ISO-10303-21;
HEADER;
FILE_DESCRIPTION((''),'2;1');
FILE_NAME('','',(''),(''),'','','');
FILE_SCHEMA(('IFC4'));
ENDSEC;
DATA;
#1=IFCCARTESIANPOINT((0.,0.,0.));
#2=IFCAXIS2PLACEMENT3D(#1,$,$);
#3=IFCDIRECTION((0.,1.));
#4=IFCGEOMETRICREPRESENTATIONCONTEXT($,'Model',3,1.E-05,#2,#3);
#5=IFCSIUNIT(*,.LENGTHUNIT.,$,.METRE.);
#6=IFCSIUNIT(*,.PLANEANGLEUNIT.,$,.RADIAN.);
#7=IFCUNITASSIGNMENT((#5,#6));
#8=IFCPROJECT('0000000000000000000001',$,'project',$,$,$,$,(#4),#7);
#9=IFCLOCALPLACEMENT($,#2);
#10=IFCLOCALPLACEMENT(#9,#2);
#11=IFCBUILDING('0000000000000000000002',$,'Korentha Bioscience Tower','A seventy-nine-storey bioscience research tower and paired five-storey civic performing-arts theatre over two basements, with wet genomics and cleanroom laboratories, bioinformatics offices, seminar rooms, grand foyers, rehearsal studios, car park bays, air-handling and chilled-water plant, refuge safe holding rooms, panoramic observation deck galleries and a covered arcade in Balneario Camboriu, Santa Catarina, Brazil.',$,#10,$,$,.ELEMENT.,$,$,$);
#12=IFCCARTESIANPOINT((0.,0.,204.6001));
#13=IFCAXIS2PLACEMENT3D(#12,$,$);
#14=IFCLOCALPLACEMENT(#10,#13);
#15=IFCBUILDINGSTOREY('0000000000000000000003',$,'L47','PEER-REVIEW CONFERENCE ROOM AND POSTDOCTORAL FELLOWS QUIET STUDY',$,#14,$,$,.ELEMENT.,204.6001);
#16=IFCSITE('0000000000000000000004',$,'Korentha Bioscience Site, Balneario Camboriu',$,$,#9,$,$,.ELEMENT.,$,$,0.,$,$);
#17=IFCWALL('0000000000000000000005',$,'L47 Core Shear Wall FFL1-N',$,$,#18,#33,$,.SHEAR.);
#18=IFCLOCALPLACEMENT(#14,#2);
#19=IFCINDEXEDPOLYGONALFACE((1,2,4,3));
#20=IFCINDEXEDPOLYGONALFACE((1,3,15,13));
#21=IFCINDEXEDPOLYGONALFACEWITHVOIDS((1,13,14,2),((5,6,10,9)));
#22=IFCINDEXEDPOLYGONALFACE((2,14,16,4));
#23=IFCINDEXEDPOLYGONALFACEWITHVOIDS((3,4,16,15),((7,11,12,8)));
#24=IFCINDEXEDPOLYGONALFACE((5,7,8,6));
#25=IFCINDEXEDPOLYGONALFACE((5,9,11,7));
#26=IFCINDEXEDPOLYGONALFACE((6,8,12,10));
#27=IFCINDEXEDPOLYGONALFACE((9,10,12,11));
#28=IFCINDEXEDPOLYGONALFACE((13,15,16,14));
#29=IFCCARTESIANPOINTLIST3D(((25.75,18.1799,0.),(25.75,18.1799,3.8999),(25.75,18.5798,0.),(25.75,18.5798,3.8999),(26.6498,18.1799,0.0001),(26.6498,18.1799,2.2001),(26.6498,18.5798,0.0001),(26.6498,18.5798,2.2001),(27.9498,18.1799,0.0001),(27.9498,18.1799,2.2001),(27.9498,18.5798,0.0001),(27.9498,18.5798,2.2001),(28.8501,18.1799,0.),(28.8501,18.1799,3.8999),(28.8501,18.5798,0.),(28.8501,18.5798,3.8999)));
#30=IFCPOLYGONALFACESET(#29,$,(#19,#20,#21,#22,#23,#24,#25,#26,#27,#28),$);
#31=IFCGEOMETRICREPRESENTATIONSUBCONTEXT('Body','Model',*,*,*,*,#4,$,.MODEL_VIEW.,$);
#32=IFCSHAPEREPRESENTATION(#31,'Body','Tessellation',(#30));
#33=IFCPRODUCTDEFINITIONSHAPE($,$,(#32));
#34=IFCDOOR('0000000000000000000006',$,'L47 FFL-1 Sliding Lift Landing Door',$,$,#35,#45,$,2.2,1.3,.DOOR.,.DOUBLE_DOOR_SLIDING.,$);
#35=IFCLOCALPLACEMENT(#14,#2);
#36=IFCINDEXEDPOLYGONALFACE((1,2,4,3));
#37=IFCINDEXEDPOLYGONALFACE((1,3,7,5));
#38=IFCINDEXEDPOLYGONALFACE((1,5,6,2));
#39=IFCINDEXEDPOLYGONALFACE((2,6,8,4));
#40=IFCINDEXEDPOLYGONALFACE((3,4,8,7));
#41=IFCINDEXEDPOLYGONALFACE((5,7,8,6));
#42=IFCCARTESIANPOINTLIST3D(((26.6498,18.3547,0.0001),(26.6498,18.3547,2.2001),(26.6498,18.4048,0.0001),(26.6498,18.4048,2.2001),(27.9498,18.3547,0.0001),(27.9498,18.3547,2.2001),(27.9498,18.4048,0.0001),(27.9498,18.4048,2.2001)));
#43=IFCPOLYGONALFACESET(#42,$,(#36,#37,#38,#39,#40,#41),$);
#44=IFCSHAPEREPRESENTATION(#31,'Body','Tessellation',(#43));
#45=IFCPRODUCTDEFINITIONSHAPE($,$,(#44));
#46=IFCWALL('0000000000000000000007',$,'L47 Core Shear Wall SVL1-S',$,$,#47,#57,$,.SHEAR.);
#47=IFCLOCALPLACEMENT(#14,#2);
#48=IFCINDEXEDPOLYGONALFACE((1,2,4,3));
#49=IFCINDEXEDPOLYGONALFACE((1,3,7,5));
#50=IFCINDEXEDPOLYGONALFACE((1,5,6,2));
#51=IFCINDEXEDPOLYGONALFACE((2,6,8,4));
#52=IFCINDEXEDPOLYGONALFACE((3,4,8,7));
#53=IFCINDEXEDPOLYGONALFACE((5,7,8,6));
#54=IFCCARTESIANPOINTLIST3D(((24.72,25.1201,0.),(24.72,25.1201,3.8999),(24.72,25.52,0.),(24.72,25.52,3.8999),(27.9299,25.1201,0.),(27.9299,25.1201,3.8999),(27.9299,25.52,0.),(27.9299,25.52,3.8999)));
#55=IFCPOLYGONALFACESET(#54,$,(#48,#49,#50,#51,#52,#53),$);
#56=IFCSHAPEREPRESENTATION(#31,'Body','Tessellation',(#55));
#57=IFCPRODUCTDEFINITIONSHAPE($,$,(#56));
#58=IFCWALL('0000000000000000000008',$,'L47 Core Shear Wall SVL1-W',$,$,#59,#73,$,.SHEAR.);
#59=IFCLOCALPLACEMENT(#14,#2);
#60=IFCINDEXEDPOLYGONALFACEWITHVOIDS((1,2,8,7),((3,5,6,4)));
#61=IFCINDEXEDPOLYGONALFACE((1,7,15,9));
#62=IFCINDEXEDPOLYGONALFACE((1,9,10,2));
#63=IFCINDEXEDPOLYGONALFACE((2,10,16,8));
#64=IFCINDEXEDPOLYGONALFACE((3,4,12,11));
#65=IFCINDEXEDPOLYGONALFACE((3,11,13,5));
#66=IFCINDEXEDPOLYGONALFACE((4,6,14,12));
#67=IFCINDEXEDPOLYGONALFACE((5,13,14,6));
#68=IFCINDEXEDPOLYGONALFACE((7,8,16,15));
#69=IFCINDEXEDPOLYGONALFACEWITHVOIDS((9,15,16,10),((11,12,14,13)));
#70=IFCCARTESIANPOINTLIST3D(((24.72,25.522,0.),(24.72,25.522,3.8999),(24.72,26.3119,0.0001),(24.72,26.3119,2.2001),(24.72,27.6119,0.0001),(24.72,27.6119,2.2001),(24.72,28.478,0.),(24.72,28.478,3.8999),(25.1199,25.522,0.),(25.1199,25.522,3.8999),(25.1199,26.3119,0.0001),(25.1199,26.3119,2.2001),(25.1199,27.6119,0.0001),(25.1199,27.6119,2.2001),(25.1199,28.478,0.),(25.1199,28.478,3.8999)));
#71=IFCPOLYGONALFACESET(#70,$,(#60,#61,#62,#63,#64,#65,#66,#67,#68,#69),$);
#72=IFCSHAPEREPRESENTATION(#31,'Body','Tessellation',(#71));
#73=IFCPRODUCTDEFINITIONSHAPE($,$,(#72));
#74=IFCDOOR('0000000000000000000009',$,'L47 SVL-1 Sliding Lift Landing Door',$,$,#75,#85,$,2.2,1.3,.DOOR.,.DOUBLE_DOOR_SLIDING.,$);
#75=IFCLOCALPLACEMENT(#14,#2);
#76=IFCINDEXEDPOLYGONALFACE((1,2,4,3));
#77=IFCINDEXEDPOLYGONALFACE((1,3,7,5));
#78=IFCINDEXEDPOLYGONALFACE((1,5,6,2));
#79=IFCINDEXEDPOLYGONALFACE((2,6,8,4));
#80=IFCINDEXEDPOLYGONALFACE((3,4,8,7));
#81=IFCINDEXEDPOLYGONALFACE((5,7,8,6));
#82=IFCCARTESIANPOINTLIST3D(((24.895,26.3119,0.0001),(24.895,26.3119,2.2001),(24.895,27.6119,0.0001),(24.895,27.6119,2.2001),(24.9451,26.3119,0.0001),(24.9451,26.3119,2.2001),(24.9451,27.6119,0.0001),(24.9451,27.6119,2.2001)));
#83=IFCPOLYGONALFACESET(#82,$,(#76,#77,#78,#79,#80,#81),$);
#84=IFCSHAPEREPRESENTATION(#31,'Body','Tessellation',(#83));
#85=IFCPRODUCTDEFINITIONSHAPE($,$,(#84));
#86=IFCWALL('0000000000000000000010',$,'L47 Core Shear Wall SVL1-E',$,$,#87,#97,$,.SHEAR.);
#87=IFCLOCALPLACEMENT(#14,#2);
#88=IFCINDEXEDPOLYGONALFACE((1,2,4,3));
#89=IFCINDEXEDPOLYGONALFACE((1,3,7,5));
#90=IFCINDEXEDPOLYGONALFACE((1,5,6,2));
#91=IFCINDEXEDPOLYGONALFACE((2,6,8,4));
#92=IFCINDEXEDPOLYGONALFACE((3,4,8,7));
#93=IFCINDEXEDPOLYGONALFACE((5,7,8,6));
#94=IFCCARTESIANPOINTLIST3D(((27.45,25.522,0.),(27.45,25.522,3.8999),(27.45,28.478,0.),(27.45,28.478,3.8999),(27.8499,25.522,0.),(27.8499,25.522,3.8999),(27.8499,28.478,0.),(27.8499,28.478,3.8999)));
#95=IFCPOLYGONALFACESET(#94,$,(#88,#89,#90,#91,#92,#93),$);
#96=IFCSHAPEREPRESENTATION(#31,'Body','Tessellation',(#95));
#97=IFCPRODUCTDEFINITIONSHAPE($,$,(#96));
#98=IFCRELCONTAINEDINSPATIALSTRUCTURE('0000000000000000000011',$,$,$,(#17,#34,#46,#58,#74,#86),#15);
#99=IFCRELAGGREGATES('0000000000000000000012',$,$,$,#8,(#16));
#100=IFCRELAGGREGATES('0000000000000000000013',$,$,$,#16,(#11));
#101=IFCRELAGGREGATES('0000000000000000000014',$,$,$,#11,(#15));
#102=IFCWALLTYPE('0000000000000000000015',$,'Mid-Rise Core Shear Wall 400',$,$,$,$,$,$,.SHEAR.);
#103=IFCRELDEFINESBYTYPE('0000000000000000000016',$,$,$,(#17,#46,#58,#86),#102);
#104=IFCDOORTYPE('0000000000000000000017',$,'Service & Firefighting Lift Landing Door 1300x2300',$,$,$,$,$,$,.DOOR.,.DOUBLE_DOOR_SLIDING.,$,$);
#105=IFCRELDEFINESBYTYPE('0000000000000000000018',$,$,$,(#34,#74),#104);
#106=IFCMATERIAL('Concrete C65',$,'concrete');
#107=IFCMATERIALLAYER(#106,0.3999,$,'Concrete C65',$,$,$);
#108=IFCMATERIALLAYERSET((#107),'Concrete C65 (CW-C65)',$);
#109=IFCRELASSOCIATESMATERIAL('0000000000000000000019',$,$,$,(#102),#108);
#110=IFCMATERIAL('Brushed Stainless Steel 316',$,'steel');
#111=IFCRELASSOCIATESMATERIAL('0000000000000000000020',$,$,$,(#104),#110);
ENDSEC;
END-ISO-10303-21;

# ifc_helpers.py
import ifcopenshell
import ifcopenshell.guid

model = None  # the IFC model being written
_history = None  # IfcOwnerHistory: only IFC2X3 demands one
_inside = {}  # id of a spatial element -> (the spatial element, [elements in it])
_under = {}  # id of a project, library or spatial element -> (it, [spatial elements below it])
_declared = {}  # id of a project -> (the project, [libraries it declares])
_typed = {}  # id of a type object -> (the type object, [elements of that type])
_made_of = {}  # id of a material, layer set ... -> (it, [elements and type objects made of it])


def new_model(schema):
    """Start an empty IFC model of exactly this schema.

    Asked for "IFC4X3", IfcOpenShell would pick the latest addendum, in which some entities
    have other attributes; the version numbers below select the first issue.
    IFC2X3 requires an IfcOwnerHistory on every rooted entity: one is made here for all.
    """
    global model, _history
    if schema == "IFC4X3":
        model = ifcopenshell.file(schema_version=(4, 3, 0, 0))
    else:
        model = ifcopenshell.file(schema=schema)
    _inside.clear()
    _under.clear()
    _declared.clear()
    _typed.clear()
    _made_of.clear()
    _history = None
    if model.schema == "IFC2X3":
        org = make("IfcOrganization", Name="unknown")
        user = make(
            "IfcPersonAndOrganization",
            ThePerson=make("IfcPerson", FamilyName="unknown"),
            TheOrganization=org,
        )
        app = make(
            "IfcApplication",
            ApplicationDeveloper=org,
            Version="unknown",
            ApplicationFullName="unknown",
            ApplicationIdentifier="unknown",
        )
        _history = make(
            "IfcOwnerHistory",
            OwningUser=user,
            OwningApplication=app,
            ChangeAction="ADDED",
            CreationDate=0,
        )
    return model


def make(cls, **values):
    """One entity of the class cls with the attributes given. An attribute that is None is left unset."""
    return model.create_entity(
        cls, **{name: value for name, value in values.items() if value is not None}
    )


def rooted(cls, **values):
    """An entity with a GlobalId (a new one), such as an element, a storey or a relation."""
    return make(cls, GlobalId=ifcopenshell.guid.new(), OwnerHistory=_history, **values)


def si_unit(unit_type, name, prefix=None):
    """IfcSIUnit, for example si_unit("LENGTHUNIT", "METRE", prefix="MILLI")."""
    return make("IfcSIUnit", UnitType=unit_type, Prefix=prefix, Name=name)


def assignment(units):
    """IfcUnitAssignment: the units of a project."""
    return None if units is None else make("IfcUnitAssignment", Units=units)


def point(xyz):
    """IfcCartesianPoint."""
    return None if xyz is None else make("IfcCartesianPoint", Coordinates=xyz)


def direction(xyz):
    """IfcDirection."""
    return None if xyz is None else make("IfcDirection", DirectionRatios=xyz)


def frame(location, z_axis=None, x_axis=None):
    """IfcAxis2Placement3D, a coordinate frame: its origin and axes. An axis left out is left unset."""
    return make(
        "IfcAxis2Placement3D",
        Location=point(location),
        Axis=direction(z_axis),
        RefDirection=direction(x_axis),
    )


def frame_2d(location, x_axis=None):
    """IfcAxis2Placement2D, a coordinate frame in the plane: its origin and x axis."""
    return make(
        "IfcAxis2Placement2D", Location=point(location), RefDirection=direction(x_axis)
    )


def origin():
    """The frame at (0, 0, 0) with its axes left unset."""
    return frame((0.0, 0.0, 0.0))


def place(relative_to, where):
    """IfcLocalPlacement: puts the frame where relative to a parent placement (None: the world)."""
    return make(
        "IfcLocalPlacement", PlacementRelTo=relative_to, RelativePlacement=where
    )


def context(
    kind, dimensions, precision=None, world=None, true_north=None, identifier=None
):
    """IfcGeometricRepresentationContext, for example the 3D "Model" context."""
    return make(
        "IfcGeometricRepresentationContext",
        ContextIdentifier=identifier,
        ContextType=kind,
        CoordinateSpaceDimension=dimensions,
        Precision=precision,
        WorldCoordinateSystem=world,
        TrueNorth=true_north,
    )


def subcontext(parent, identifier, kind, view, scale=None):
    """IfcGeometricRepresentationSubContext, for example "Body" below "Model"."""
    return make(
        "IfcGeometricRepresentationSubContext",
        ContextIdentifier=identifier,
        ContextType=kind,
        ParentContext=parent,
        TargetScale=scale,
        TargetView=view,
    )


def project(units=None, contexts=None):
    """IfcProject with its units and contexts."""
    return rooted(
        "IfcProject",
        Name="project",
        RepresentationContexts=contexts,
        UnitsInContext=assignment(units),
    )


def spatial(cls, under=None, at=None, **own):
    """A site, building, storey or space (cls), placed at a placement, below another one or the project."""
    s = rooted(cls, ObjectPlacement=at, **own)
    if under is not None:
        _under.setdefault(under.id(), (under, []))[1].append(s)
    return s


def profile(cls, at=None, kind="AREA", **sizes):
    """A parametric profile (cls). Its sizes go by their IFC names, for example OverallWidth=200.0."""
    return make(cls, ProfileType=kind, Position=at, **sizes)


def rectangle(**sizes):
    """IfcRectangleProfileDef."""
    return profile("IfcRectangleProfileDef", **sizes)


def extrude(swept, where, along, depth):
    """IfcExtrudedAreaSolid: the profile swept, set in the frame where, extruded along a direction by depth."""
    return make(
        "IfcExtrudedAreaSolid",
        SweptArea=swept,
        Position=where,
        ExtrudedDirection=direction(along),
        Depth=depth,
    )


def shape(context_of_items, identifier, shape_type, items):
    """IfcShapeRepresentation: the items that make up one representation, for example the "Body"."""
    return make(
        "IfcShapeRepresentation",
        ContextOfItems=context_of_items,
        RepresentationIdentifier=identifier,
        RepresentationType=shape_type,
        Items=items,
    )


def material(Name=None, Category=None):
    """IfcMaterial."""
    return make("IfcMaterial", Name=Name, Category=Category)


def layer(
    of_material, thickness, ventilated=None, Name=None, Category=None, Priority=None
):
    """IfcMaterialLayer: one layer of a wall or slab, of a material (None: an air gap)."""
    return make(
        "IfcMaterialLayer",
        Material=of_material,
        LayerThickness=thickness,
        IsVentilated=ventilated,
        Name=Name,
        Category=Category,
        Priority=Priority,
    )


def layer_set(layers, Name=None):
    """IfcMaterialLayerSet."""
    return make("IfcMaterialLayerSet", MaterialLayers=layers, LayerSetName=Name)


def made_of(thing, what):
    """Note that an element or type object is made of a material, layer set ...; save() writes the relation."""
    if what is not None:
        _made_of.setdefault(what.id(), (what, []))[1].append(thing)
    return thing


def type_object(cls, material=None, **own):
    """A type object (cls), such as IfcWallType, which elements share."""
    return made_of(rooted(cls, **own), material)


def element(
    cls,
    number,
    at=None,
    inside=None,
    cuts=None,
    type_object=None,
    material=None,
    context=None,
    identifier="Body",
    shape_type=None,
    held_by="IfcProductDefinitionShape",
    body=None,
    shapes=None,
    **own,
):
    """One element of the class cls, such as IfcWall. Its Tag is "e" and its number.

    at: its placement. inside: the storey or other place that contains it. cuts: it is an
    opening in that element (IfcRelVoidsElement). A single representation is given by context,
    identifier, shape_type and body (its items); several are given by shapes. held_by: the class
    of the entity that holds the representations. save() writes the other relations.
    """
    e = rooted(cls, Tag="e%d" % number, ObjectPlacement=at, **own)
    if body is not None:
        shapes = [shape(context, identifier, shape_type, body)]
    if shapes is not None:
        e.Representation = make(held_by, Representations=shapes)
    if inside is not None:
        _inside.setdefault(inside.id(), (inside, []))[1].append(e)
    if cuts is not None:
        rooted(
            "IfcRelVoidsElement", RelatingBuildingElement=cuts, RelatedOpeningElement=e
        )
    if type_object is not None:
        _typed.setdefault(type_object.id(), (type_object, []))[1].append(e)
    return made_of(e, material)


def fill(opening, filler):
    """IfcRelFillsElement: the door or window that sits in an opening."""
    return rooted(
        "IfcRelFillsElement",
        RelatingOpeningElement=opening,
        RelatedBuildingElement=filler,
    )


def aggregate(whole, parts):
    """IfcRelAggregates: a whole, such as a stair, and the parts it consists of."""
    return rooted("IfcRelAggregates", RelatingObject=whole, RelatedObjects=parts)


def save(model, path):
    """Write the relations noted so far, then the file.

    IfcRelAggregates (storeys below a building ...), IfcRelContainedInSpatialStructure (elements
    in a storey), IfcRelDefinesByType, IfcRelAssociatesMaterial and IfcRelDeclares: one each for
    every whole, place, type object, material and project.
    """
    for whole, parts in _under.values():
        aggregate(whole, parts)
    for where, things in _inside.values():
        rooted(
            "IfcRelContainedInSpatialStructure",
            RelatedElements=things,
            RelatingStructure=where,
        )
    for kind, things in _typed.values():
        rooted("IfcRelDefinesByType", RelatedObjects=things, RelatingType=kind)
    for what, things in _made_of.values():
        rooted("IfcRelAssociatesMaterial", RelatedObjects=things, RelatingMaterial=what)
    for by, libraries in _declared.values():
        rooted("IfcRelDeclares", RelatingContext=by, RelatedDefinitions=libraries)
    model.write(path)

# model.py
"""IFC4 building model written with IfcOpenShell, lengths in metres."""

from ifc_helpers import new_model, si_unit, direction, frame, frame_2d, origin, place, context, subcontext, project, spatial, rectangle, extrude, material, layer, layer_set, type_object, element, fill, save


model = new_model("IFC4")

# Units and contexts
model_context = context("Model", 3, precision=1e-05, world=origin(), true_north=direction((0.0, 1.0)))
body_context = subcontext(model_context, "Body", "Model", "MODEL_VIEW")
ifc_project = project(units=[si_unit("LENGTHUNIT", "METRE"), si_unit("PLANEANGLEUNIT", "RADIAN")], contexts=[model_context])

# Site, building, storey
site_placement = place(None, origin())
site = spatial("IfcSite", under=ifc_project, at=site_placement, Name="Korentha Bioscience Site, Balneario Camboriu", CompositionType="ELEMENT", RefElevation=0.0)
building_placement = place(site_placement, origin())
building = spatial("IfcBuilding", under=site, at=building_placement, Name="Korentha Bioscience Tower", Description="A seventy-nine-storey bioscience research tower and paired five-storey civic performing-arts theatre over two basements, with wet genomics and cleanroom laboratories, bioinformatics offices, seminar rooms, grand foyers, rehearsal studios, car park bays, air-handling and chilled-water plant, refuge safe holding rooms, panoramic observation deck galleries and a covered arcade in Balneario Camboriu, Santa Catarina, Brazil.", CompositionType="ELEMENT")
storey_placement = place(building_placement, frame((0.0, 0.0, 204.6001)))
storey = spatial("IfcBuildingStorey", under=building, at=storey_placement, Name="L47", Description="PEER-REVIEW CONFERENCE ROOM AND POSTDOCTORAL FELLOWS QUIET STUDY", CompositionType="ELEMENT", Elevation=204.6001)

# Shared definitions
ifc_material_1 = material(Name="Concrete C65", Category="concrete")

# Shared definitions
ifc_layer_1 = layer(ifc_material_1, 0.3999, Name="Concrete C65")
ifc_layer_set_1 = layer_set([ifc_layer_1], Name="Concrete C65 (CW-C65)")
wall_type_1 = type_object("IfcWallType", Name="Mid-Rise Core Shear Wall 400", PredefinedType="SHEAR", material=ifc_layer_set_1)

# Wall, opening, door
wall_1_placement = place(storey_placement, frame((25.75, 18.3799, 0.0), z_axis=(0.0, 0.0, 1.0), x_axis=(1.0, 0.0, 0.0)))
wall_1 = element("IfcWall", 1, at=wall_1_placement, inside=storey, type_object=wall_type_1, Name="L47 Core Shear Wall FFL1-N", PredefinedType="SHEAR", context=body_context, shape_type="SweptSolid", body=[
    extrude(rectangle(XDim=3.1001, YDim=0.3999, at=frame_2d((1.55, 0.0))), origin(), (0.0, 0.0, 1.0), 3.8999),
])
opening_1_placement = place(wall_1_placement, frame((0.8999, 0.0, 0.0)))
opening_1 = element("IfcOpeningElement", 2, at=opening_1_placement, cuts=wall_1, PredefinedType="OPENING", context=body_context, shape_type="SweptSolid", body=[
    extrude(rectangle(XDim=1.3, YDim=2.2, at=frame_2d((0.6499, 1.1001))), frame((0.0, 0.2148, 0.0), z_axis=(0.0, -1.0, 0.0), x_axis=(1.0, 0.0, 0.0)), (0.0, 0.0, 1.0), 0.4297),
])
ifc_material_2 = material(Name="Brushed Stainless Steel 316", Category="steel")
door_type_1 = type_object("IfcDoorType", Name="Service & Firefighting Lift Landing Door 1300x2300", OperationType="DOUBLE_DOOR_SLIDING", PredefinedType="DOOR", material=ifc_material_2)
door_1_placement = place(opening_1_placement, origin())
door_1 = element("IfcDoor", 3, at=door_1_placement, inside=storey, type_object=door_type_1, Name="L47 FFL-1 Sliding Lift Landing Door", OperationType="DOUBLE_DOOR_SLIDING", OverallHeight=2.2, OverallWidth=1.3, PredefinedType="DOOR", context=body_context, shape_type="SweptSolid", body=[
    extrude(rectangle(XDim=1.3, YDim=2.2, at=frame_2d((0.6499, 1.1001))), frame((0.0, 0.0249, 0.0), z_axis=(0.0, -1.0, 0.0), x_axis=(1.0, 0.0, 0.0)), (0.0, 0.0, 1.0), 0.05),
])
fill(opening_1, door_1)

# Wall
wall_2_placement = place(storey_placement, frame((24.72, 25.3201, 0.0), z_axis=(0.0, 0.0, 1.0), x_axis=(1.0, 0.0, 0.0)))
element("IfcWall", 4, at=wall_2_placement, inside=storey, type_object=wall_type_1, Name="L47 Core Shear Wall SVL1-S", PredefinedType="SHEAR", context=body_context, shape_type="SweptSolid", body=[
    extrude(rectangle(XDim=3.21, YDim=0.3999, at=frame_2d((1.605, 0.0))), origin(), (0.0, 0.0, 1.0), 3.8999),
])

# Wall, opening, door
wall_3_placement = place(storey_placement, frame((24.9199, 25.522, 0.0), z_axis=(0.0, 0.0, 1.0), x_axis=(0.0, 1.0, 0.0)))
wall_3 = element("IfcWall", 5, at=wall_3_placement, inside=storey, type_object=wall_type_1, Name="L47 Core Shear Wall SVL1-W", PredefinedType="SHEAR", context=body_context, shape_type="SweptSolid", body=[
    extrude(rectangle(XDim=2.9561, YDim=0.3999, at=frame_2d((1.478, 0.0))), origin(), (0.0, 0.0, 1.0), 3.8999),
])
opening_2_placement = place(wall_3_placement, frame((0.79, 0.0, 0.0)))
opening_2 = element("IfcOpeningElement", 6, at=opening_2_placement, cuts=wall_3, PredefinedType="OPENING", context=body_context, shape_type="SweptSolid", body=[
    extrude(rectangle(XDim=1.3, YDim=2.2, at=frame_2d((0.6499, 1.1001))), frame((0.0, 0.2148, 0.0), z_axis=(0.0, -1.0, 0.0), x_axis=(1.0, 0.0, 0.0)), (0.0, 0.0, 1.0), 0.4297),
])
door_2_placement = place(opening_2_placement, origin())
door_2 = element("IfcDoor", 7, at=door_2_placement, inside=storey, type_object=door_type_1, Name="L47 SVL-1 Sliding Lift Landing Door", OperationType="DOUBLE_DOOR_SLIDING", OverallHeight=2.2, OverallWidth=1.3, PredefinedType="DOOR", context=body_context, shape_type="SweptSolid", body=[
    extrude(rectangle(XDim=1.3, YDim=2.2, at=frame_2d((0.6499, 1.1001))), frame((0.0, 0.0249, 0.0), z_axis=(0.0, -1.0, 0.0), x_axis=(1.0, 0.0, 0.0)), (0.0, 0.0, 1.0), 0.05),
])
fill(opening_2, door_2)

# Wall
wall_4_placement = place(storey_placement, frame((27.6499, 25.522, 0.0), z_axis=(0.0, 0.0, 1.0), x_axis=(0.0, 1.0, 0.0)))
element("IfcWall", 8, at=wall_4_placement, inside=storey, type_object=wall_type_1, Name="L47 Core Shear Wall SVL1-E", PredefinedType="SHEAR", context=body_context, shape_type="SweptSolid", body=[
    extrude(rectangle(XDim=2.9561, YDim=0.3999, at=frame_2d((1.478, 0.0))), origin(), (0.0, 0.0, 1.0), 3.8999),
])

save(model, "model.ifc")
